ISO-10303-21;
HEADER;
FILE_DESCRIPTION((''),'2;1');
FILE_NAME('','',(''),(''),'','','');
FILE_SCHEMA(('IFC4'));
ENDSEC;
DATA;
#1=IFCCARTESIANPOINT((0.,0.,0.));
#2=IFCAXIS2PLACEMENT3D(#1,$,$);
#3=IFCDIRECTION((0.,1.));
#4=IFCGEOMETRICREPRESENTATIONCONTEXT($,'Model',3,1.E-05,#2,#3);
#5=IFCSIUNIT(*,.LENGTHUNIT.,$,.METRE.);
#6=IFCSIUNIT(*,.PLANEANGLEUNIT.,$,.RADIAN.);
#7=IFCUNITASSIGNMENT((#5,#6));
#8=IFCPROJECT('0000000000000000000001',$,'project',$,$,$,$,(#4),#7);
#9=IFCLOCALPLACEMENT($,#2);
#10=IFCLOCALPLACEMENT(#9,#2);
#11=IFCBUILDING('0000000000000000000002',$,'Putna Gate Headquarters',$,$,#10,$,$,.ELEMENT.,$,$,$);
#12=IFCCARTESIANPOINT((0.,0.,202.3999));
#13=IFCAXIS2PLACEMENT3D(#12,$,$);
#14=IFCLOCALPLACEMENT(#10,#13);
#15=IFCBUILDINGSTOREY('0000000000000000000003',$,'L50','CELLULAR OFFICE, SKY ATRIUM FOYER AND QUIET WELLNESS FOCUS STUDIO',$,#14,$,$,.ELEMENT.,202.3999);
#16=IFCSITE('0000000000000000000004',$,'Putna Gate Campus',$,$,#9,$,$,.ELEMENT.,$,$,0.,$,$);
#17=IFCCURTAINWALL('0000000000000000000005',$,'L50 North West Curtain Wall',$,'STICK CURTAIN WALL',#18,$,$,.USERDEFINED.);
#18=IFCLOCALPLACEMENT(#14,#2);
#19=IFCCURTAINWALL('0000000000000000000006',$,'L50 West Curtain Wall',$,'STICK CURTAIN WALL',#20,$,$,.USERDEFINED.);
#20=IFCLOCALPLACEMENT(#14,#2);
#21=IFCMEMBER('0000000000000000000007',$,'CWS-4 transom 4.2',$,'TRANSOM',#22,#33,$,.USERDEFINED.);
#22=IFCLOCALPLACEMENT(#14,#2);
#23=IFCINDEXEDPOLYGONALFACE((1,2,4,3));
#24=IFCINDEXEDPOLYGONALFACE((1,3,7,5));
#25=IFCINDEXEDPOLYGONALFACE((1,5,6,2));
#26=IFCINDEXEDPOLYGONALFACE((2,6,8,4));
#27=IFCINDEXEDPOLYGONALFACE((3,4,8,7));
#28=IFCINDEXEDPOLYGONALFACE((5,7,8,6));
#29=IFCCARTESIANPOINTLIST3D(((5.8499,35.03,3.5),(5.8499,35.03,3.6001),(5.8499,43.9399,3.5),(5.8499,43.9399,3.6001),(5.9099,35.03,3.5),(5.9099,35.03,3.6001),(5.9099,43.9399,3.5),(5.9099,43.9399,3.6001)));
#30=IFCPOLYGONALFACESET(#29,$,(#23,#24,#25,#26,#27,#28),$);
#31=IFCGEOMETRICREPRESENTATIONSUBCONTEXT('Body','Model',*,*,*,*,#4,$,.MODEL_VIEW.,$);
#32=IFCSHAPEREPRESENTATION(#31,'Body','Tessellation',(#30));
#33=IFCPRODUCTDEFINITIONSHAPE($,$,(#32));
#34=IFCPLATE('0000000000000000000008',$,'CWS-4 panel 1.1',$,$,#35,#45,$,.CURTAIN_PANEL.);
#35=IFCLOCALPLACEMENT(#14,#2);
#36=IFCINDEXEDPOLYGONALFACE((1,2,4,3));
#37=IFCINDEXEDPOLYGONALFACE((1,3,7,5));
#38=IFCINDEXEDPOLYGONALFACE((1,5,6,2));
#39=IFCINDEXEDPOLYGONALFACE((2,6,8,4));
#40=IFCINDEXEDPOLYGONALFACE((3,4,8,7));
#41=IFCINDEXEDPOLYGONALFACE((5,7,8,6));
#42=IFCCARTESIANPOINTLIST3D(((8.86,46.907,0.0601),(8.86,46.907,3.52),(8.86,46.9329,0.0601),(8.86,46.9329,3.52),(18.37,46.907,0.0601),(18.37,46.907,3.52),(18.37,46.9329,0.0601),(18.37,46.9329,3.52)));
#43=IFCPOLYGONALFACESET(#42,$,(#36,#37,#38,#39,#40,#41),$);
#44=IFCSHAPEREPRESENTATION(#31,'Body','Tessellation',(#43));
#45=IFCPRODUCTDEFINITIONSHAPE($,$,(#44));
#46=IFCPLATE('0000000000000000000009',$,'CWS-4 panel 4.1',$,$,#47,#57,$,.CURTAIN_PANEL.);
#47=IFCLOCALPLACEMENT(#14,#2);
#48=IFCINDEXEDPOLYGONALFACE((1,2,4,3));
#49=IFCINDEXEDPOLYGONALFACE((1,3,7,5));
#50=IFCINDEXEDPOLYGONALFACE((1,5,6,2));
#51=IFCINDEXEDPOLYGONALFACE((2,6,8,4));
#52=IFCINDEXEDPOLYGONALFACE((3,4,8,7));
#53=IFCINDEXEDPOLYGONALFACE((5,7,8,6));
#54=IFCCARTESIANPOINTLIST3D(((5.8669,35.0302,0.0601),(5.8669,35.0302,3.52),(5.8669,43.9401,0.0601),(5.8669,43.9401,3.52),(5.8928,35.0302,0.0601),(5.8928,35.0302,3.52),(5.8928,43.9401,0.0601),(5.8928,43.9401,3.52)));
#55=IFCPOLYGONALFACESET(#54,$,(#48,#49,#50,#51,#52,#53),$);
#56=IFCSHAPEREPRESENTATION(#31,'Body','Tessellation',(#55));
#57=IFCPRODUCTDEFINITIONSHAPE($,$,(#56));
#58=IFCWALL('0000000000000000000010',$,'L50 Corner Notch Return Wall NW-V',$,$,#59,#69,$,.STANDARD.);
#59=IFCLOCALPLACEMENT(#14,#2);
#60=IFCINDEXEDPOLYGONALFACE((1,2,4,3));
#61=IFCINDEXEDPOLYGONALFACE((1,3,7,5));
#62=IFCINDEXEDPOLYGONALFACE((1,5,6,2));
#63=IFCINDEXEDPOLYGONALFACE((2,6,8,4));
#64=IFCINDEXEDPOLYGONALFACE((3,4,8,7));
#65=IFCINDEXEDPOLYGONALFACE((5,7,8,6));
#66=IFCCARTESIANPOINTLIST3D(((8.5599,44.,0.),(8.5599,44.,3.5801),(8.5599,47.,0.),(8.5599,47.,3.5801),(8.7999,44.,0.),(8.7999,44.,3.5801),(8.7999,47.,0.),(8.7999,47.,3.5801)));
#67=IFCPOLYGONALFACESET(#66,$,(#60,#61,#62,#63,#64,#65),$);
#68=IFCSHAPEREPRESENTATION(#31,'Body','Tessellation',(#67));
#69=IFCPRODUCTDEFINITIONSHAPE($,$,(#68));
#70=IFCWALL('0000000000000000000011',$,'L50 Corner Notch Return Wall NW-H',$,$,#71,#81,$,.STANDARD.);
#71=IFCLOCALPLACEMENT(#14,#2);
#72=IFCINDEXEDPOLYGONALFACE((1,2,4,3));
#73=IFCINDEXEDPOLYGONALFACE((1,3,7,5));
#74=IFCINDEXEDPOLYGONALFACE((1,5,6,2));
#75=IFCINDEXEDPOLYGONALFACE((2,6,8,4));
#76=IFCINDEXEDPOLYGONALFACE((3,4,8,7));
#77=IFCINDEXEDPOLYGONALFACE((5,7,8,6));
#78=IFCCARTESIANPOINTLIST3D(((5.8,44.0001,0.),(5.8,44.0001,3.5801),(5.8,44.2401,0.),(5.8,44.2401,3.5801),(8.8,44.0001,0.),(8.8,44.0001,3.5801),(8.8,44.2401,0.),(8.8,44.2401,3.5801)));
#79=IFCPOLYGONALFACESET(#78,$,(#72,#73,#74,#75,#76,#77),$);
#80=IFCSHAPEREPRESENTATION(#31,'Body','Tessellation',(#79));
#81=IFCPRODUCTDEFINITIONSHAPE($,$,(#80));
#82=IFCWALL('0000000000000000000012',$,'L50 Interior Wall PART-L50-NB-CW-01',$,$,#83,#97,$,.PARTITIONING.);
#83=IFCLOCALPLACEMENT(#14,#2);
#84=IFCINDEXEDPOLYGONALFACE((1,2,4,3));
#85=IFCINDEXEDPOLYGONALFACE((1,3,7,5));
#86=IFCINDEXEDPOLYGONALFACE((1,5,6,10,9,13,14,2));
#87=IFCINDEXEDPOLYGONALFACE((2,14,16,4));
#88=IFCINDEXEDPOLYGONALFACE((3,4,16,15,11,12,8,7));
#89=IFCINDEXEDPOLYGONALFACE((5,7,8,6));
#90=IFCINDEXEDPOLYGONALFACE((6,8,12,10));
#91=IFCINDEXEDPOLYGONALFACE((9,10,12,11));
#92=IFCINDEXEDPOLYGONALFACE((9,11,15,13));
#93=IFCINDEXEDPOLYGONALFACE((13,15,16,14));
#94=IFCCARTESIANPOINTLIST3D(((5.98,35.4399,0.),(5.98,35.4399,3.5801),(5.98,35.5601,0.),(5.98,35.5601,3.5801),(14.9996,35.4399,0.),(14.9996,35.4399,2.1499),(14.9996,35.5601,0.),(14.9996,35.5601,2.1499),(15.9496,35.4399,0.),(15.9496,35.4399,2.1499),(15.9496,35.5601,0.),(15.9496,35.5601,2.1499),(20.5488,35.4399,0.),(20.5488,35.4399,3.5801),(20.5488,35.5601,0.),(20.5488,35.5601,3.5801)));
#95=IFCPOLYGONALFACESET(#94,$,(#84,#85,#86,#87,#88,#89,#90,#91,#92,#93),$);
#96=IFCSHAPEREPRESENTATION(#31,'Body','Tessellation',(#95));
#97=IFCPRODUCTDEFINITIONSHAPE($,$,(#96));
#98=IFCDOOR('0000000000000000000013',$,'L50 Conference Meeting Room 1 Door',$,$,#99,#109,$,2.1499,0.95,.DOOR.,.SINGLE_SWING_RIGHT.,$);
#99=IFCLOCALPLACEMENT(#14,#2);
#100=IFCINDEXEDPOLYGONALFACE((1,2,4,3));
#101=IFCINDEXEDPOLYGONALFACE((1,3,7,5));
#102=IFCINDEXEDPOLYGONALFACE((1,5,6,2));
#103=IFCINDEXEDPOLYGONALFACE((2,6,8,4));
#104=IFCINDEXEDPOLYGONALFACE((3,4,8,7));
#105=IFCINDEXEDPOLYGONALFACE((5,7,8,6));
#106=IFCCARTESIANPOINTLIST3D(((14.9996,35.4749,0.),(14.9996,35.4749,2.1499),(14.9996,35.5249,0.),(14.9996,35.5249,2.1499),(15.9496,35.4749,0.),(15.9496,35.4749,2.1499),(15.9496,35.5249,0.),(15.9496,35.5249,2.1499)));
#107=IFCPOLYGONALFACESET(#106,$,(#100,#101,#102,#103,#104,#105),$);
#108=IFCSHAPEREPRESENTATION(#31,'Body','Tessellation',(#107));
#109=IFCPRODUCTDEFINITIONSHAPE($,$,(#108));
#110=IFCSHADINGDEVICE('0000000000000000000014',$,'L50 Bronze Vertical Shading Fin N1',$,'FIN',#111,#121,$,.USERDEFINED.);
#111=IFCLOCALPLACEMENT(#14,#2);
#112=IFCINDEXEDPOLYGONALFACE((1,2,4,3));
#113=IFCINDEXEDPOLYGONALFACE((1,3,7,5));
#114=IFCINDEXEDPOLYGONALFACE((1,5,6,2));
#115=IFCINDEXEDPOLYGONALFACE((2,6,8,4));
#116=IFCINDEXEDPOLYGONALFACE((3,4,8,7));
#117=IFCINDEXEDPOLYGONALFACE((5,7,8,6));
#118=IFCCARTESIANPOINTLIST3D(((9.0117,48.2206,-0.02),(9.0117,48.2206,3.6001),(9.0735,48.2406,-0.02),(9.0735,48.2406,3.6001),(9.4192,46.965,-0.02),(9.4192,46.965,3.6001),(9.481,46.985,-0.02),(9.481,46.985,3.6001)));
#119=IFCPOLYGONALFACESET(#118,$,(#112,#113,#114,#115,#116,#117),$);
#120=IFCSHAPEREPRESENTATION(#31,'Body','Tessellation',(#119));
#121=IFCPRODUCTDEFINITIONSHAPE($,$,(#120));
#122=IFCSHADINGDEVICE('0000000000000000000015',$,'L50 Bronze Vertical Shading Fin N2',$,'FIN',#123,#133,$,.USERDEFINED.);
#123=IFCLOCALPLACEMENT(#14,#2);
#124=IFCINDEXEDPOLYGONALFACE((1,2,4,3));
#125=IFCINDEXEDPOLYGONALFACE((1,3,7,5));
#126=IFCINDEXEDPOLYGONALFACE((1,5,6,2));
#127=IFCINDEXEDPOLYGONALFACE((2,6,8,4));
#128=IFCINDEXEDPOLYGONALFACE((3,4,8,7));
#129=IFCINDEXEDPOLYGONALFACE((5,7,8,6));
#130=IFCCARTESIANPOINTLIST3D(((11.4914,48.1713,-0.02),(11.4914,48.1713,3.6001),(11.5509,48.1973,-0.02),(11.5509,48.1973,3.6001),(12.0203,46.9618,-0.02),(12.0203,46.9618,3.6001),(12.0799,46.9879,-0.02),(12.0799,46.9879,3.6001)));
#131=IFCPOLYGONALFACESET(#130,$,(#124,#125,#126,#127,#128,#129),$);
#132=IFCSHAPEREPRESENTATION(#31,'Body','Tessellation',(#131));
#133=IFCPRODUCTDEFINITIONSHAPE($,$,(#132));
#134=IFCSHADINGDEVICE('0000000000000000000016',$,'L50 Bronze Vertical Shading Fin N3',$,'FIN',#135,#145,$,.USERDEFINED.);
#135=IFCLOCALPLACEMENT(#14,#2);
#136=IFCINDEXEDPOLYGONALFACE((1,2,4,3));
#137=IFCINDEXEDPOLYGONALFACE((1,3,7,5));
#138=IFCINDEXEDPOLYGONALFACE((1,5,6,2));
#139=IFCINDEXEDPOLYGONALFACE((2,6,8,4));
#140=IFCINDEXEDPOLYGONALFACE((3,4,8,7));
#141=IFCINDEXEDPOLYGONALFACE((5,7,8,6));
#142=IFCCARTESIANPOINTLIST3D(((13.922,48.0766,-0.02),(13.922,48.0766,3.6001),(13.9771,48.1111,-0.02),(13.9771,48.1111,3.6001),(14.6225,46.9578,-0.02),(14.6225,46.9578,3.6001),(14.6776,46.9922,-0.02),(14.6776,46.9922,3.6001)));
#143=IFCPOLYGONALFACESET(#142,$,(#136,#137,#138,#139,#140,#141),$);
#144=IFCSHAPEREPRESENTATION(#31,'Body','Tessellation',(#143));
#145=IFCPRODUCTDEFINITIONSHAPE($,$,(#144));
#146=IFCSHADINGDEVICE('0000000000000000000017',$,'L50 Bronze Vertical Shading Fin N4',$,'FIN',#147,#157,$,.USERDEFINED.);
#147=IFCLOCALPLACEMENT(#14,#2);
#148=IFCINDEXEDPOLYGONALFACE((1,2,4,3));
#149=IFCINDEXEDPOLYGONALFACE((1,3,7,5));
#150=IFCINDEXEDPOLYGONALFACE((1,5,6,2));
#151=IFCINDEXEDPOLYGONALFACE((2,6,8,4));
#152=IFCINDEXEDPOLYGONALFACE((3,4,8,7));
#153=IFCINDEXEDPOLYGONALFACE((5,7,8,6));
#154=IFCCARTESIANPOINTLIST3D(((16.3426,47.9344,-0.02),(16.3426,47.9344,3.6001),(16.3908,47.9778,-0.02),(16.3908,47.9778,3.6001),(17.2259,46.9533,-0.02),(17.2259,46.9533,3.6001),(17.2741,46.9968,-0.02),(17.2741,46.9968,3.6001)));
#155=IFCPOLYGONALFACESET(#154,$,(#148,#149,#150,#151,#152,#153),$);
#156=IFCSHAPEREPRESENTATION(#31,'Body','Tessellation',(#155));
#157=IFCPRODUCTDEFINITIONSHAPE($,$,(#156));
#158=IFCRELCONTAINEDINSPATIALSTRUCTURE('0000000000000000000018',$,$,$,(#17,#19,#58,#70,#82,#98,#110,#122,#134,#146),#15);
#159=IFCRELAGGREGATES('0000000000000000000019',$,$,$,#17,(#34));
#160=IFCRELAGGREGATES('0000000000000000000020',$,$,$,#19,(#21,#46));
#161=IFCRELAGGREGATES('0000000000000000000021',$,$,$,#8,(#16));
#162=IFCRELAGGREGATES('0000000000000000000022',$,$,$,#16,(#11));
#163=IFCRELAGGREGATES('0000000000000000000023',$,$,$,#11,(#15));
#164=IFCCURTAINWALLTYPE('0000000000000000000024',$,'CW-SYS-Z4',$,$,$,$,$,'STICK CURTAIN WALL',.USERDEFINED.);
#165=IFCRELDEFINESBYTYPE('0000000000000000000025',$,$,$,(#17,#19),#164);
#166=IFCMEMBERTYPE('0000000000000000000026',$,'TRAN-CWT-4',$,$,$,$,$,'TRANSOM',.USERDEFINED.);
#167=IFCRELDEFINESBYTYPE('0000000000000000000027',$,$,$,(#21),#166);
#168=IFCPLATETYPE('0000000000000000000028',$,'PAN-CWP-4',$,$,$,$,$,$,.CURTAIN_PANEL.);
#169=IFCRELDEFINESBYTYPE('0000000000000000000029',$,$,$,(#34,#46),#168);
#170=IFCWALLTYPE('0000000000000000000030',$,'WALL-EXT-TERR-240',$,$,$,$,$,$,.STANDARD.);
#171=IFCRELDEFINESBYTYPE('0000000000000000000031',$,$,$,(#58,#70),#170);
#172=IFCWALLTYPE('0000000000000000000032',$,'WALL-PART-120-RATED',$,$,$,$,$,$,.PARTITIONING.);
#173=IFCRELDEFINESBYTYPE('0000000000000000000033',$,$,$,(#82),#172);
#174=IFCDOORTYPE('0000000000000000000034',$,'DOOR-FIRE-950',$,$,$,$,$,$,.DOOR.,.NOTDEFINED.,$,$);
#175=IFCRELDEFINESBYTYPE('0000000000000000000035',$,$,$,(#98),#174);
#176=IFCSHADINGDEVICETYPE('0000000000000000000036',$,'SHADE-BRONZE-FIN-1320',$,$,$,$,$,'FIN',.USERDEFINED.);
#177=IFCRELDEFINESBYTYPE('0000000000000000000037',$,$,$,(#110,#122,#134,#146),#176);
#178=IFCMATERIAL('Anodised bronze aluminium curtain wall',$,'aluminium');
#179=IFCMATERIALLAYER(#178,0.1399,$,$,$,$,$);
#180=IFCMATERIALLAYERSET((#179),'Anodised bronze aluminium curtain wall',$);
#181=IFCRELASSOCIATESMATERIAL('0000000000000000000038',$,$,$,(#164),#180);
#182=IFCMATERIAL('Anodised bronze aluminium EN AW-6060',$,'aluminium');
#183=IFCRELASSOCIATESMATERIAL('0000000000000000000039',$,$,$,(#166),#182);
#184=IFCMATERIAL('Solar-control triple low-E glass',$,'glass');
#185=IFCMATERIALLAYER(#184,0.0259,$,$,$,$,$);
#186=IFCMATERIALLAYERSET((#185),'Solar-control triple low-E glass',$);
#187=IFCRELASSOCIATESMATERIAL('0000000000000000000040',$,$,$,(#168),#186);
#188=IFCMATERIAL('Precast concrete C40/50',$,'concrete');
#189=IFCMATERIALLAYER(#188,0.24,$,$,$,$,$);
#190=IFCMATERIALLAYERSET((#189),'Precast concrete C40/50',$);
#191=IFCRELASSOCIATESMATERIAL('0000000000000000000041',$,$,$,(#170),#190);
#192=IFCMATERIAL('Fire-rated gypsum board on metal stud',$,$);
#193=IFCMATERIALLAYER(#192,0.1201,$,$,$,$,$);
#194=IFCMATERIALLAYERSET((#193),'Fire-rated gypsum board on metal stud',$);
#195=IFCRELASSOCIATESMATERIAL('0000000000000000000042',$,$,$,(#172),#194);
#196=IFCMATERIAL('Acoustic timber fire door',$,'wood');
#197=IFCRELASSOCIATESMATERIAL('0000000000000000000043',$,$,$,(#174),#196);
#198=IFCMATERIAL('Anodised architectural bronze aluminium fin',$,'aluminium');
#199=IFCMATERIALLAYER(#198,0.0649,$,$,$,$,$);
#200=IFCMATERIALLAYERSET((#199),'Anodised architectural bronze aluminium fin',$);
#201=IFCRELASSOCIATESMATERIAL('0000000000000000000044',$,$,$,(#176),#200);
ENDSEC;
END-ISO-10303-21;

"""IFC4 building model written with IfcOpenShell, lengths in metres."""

from ifc_helpers import new_model, si_unit, direction, frame, frame_2d, origin, origin_2d, place, context, subcontext, project, spatial, rectangle, extrude, material, layer, layer_set, material_profile, profile_set, type_object, element, fill, aggregate, save


model = new_model("IFC4")

# Units and contexts
model_context = context("Model", 3, precision=1e-05, world=origin(), true_north=direction((0.0, 1.0)))
body_context = subcontext(model_context, "Body", "Model", "MODEL_VIEW")
ifc_project = project(units=[si_unit("LENGTHUNIT", "METRE"), si_unit("PLANEANGLEUNIT", "RADIAN")], contexts=[model_context])

# Site, building, storey
site_placement = place(None, origin())
site = spatial("IfcSite", under=ifc_project, at=site_placement, Name="Putna Gate Campus", CompositionType="ELEMENT", RefElevation=0.0)
building_placement = place(site_placement, origin())
building = spatial("IfcBuilding", under=site, at=building_placement, Name="Putna Gate Headquarters", CompositionType="ELEMENT")
storey_placement = place(building_placement, frame((0.0, 0.0, 202.3999)))
storey = spatial("IfcBuildingStorey", under=building, at=storey_placement, Name="L50", Description="CELLULAR OFFICE, SKY ATRIUM FOYER AND QUIET WELLNESS FOCUS STUDIO", CompositionType="ELEMENT", Elevation=202.3999)

# Curtain walls
ifc_material_1 = material(Name="Anodised bronze aluminium curtain wall", Category="aluminium")
ifc_layer_1 = layer(ifc_material_1, 0.1399)
ifc_layer_set_1 = layer_set([ifc_layer_1], Name="Anodised bronze aluminium curtain wall")
curtain_wall_type = type_object("IfcCurtainWallType", Name="CW-SYS-Z4", ElementType="STICK CURTAIN WALL", PredefinedType="USERDEFINED", material=ifc_layer_set_1)
curtain_wall_1_placement = place(storey_placement, origin())
curtain_wall_1 = element("IfcCurtainWall", 1, at=curtain_wall_1_placement, inside=storey, type_object=curtain_wall_type, Name="L50 North West Curtain Wall", ObjectType="STICK CURTAIN WALL", PredefinedType="USERDEFINED")
ifc_material_2 = material(Name="Anodised bronze aluminium EN AW-6060", Category="aluminium")
curtain_wall_2_placement = place(storey_placement, origin())
curtain_wall_2 = element("IfcCurtainWall", 2, at=curtain_wall_2_placement, inside=storey, type_object=curtain_wall_type, Name="L50 West Curtain Wall", ObjectType="STICK CURTAIN WALL", PredefinedType="USERDEFINED")

# Member
ifc_material_profile_1 = material_profile(ifc_material_2, rectangle(XDim=0.0601, YDim=0.1001, at=origin_2d()), Name="Anodised bronze aluminium EN AW-6060")
ifc_profile_set_1 = profile_set([ifc_material_profile_1], Name="Anodised bronze aluminium EN AW-6060")
member_type_1 = type_object("IfcMemberType", Name="TRAN-CWT-4", ElementType="TRANSOM", PredefinedType="USERDEFINED", material=ifc_profile_set_1)
member_1_placement = place(storey_placement, frame((5.8799, 35.03, 3.55), z_axis=(0.0, 1.0, 0.0), x_axis=(-1.0, 0.0, 0.0)))
member_1 = element("IfcMember", 3, at=member_1_placement, type_object=member_type_1, Name="CWS-4 transom 4.2", ObjectType="TRANSOM", PredefinedType="USERDEFINED", context=body_context, shape_type="SweptSolid", body=[
    extrude(rectangle(XDim=0.0601, YDim=0.1001, at=origin_2d()), origin(), (0.0, 0.0, 1.0), 8.9099),
])

# Plates
ifc_material_3 = material(Name="Solar-control triple low-E glass", Category="glass")
ifc_layer_2 = layer(ifc_material_3, 0.0259)
ifc_layer_set_2 = layer_set([ifc_layer_2], Name="Solar-control triple low-E glass")
plate_type = type_object("IfcPlateType", Name="PAN-CWP-4", PredefinedType="CURTAIN_PANEL", material=ifc_layer_set_2)
plate_1_placement = place(storey_placement, frame((13.615, 46.9199, 0.0601), z_axis=(0.0, 0.0, 1.0), x_axis=(1.0, 0.0, 0.0)))
plate_1 = element("IfcPlate", 4, at=plate_1_placement, type_object=plate_type, Name="CWS-4 panel 1.1", PredefinedType="CURTAIN_PANEL", context=body_context, shape_type="SweptSolid", body=[
    extrude(rectangle(XDim=9.51, YDim=0.0259, at=origin_2d()), origin(), (0.0, 0.0, 1.0), 3.46),
])
aggregate(curtain_wall_1, [plate_1])
plate_2_placement = place(storey_placement, frame((5.8799, 39.4851, 0.0601), z_axis=(0.0, 0.0, 1.0), x_axis=(0.0, 1.0, 0.0)))
plate_2 = element("IfcPlate", 5, at=plate_2_placement, type_object=plate_type, Name="CWS-4 panel 4.1", PredefinedType="CURTAIN_PANEL", context=body_context, shape_type="SweptSolid", body=[
    extrude(rectangle(XDim=8.9099, YDim=0.0259, at=origin_2d()), origin(), (0.0, 0.0, 1.0), 3.46),
])
aggregate(curtain_wall_2, [member_1, plate_2])

# Walls
ifc_material_4 = material(Name="Precast concrete C40/50", Category="concrete")
ifc_layer_3 = layer(ifc_material_4, 0.24)
ifc_layer_set_3 = layer_set([ifc_layer_3], Name="Precast concrete C40/50")
wall_type_1 = type_object("IfcWallType", Name="WALL-EXT-TERR-240", PredefinedType="STANDARD", material=ifc_layer_set_3)
for number, where, z_axis, x_axis, name in (
    (6, (8.6799, 44.0, 0.0), (0.0, 0.0, 1.0), (0.0, 1.0, 0.0), "L50 Corner Notch Return Wall NW-V"),
    (7, (5.8, 44.1201, 0.0), (0.0, 0.0, 1.0), (1.0, 0.0, 0.0), "L50 Corner Notch Return Wall NW-H"),
):
    element("IfcWall", number, at=place(storey_placement, frame(where, z_axis=z_axis, x_axis=x_axis)), inside=storey, type_object=wall_type_1, Name=name, PredefinedType="STANDARD", context=body_context, shape_type="SweptSolid", body=[
        extrude(rectangle(XDim=3.0, YDim=0.24, at=frame_2d((1.5, 0.0))), origin(), (0.0, 0.0, 1.0), 3.5801),
    ])

# Wall, opening, door
ifc_material_5 = material(Name="Fire-rated gypsum board on metal stud")
ifc_layer_4 = layer(ifc_material_5, 0.1201)
ifc_layer_set_4 = layer_set([ifc_layer_4], Name="Fire-rated gypsum board on metal stud")
wall_type_2 = type_object("IfcWallType", Name="WALL-PART-120-RATED", PredefinedType="PARTITIONING", material=ifc_layer_set_4)
wall_placement = place(storey_placement, frame((5.98, 35.5, 0.0), z_axis=(0.0, 0.0, 1.0), x_axis=(1.0, 0.0, 0.0)))
wall = element("IfcWall", 8, at=wall_placement, inside=storey, type_object=wall_type_2, Name="L50 Interior Wall PART-L50-NB-CW-01", PredefinedType="PARTITIONING", context=body_context, shape_type="SweptSolid", body=[
    extrude(rectangle(XDim=14.5688, YDim=0.1201, at=frame_2d((7.2844, 0.0))), origin(), (0.0, 0.0, 1.0), 3.5801),
])
opening_placement = place(wall_placement, frame((9.0195, 0.0, 0.0)))
opening = element("IfcOpeningElement", 9, at=opening_placement, cuts=wall, PredefinedType="OPENING", context=body_context, shape_type="SweptSolid", body=[
    extrude(rectangle(XDim=0.95, YDim=2.1499, at=frame_2d((0.4751, 1.075))), frame((0.0, 0.0701, 0.0), z_axis=(0.0, -1.0, 0.0), x_axis=(1.0, 0.0, 0.0)), (0.0, 0.0, 1.0), 0.1401),
])
ifc_material_6 = material(Name="Acoustic timber fire door", Category="wood")
door_type = type_object("IfcDoorType", Name="DOOR-FIRE-950", OperationType="NOTDEFINED", PredefinedType="DOOR", material=ifc_material_6)
door_placement = place(opening_placement, origin())
door = element("IfcDoor", 10, at=door_placement, inside=storey, type_object=door_type, Name="L50 Conference Meeting Room 1 Door", OperationType="SINGLE_SWING_RIGHT", OverallHeight=2.1499, OverallWidth=0.95, PredefinedType="DOOR", context=body_context, shape_type="SweptSolid", body=[
    extrude(rectangle(XDim=0.95, YDim=2.1499, at=frame_2d((0.4751, 1.075))), frame((0.0, 0.0249, 0.0), z_axis=(0.0, -1.0, 0.0), x_axis=(1.0, 0.0, 0.0)), (0.0, 0.0, 1.0), 0.05),
])
fill(opening, door)

# Shading devices
ifc_material_7 = material(Name="Anodised architectural bronze aluminium fin", Category="aluminium")
ifc_layer_5 = layer(ifc_material_7, 0.0649)
ifc_layer_set_5 = layer_set([ifc_layer_5], Name="Anodised architectural bronze aluminium fin")
shading_device_type = type_object("IfcShadingDeviceType", Name="SHADE-BRONZE-FIN-1320", ElementType="FIN", PredefinedType="USERDEFINED", material=ifc_layer_set_5)
for number, where, z_axis, x_axis, name in (
    (11, (9.2463, 47.6028, -0.02), (0.0, 0.0, 1.0), (-0.308685, 0.951164, 0.0), "L50 Bronze Vertical Shading Fin N1"),
    (12, (11.7856, 47.5796, -0.02), (0.0, 0.0, 1.0), (-0.400669, 0.916223, 0.0), "L50 Bronze Vertical Shading Fin N2"),
    (13, (14.2998, 47.5344, -0.02), (0.0, 0.0, 1.0), (-0.530659, 0.847585, 0.0), "L50 Bronze Vertical Shading Fin N3"),
    (14, (16.8083, 47.4656, -0.02), (0.0, 0.0, 1.0), (-0.669131, 0.743145, 0.0), "L50 Bronze Vertical Shading Fin N4"),
):
    element("IfcShadingDevice", number, at=place(storey_placement, frame(where, z_axis=z_axis, x_axis=x_axis)), inside=storey, type_object=shading_device_type, Name=name, ObjectType="FIN", PredefinedType="USERDEFINED", context=body_context, shape_type="SweptSolid", body=[
        extrude(rectangle(XDim=1.3201, YDim=0.0649, at=origin_2d()), origin(), (0.0, 0.0, 1.0), 3.6201),
    ])

save(model, "model.ifc")
